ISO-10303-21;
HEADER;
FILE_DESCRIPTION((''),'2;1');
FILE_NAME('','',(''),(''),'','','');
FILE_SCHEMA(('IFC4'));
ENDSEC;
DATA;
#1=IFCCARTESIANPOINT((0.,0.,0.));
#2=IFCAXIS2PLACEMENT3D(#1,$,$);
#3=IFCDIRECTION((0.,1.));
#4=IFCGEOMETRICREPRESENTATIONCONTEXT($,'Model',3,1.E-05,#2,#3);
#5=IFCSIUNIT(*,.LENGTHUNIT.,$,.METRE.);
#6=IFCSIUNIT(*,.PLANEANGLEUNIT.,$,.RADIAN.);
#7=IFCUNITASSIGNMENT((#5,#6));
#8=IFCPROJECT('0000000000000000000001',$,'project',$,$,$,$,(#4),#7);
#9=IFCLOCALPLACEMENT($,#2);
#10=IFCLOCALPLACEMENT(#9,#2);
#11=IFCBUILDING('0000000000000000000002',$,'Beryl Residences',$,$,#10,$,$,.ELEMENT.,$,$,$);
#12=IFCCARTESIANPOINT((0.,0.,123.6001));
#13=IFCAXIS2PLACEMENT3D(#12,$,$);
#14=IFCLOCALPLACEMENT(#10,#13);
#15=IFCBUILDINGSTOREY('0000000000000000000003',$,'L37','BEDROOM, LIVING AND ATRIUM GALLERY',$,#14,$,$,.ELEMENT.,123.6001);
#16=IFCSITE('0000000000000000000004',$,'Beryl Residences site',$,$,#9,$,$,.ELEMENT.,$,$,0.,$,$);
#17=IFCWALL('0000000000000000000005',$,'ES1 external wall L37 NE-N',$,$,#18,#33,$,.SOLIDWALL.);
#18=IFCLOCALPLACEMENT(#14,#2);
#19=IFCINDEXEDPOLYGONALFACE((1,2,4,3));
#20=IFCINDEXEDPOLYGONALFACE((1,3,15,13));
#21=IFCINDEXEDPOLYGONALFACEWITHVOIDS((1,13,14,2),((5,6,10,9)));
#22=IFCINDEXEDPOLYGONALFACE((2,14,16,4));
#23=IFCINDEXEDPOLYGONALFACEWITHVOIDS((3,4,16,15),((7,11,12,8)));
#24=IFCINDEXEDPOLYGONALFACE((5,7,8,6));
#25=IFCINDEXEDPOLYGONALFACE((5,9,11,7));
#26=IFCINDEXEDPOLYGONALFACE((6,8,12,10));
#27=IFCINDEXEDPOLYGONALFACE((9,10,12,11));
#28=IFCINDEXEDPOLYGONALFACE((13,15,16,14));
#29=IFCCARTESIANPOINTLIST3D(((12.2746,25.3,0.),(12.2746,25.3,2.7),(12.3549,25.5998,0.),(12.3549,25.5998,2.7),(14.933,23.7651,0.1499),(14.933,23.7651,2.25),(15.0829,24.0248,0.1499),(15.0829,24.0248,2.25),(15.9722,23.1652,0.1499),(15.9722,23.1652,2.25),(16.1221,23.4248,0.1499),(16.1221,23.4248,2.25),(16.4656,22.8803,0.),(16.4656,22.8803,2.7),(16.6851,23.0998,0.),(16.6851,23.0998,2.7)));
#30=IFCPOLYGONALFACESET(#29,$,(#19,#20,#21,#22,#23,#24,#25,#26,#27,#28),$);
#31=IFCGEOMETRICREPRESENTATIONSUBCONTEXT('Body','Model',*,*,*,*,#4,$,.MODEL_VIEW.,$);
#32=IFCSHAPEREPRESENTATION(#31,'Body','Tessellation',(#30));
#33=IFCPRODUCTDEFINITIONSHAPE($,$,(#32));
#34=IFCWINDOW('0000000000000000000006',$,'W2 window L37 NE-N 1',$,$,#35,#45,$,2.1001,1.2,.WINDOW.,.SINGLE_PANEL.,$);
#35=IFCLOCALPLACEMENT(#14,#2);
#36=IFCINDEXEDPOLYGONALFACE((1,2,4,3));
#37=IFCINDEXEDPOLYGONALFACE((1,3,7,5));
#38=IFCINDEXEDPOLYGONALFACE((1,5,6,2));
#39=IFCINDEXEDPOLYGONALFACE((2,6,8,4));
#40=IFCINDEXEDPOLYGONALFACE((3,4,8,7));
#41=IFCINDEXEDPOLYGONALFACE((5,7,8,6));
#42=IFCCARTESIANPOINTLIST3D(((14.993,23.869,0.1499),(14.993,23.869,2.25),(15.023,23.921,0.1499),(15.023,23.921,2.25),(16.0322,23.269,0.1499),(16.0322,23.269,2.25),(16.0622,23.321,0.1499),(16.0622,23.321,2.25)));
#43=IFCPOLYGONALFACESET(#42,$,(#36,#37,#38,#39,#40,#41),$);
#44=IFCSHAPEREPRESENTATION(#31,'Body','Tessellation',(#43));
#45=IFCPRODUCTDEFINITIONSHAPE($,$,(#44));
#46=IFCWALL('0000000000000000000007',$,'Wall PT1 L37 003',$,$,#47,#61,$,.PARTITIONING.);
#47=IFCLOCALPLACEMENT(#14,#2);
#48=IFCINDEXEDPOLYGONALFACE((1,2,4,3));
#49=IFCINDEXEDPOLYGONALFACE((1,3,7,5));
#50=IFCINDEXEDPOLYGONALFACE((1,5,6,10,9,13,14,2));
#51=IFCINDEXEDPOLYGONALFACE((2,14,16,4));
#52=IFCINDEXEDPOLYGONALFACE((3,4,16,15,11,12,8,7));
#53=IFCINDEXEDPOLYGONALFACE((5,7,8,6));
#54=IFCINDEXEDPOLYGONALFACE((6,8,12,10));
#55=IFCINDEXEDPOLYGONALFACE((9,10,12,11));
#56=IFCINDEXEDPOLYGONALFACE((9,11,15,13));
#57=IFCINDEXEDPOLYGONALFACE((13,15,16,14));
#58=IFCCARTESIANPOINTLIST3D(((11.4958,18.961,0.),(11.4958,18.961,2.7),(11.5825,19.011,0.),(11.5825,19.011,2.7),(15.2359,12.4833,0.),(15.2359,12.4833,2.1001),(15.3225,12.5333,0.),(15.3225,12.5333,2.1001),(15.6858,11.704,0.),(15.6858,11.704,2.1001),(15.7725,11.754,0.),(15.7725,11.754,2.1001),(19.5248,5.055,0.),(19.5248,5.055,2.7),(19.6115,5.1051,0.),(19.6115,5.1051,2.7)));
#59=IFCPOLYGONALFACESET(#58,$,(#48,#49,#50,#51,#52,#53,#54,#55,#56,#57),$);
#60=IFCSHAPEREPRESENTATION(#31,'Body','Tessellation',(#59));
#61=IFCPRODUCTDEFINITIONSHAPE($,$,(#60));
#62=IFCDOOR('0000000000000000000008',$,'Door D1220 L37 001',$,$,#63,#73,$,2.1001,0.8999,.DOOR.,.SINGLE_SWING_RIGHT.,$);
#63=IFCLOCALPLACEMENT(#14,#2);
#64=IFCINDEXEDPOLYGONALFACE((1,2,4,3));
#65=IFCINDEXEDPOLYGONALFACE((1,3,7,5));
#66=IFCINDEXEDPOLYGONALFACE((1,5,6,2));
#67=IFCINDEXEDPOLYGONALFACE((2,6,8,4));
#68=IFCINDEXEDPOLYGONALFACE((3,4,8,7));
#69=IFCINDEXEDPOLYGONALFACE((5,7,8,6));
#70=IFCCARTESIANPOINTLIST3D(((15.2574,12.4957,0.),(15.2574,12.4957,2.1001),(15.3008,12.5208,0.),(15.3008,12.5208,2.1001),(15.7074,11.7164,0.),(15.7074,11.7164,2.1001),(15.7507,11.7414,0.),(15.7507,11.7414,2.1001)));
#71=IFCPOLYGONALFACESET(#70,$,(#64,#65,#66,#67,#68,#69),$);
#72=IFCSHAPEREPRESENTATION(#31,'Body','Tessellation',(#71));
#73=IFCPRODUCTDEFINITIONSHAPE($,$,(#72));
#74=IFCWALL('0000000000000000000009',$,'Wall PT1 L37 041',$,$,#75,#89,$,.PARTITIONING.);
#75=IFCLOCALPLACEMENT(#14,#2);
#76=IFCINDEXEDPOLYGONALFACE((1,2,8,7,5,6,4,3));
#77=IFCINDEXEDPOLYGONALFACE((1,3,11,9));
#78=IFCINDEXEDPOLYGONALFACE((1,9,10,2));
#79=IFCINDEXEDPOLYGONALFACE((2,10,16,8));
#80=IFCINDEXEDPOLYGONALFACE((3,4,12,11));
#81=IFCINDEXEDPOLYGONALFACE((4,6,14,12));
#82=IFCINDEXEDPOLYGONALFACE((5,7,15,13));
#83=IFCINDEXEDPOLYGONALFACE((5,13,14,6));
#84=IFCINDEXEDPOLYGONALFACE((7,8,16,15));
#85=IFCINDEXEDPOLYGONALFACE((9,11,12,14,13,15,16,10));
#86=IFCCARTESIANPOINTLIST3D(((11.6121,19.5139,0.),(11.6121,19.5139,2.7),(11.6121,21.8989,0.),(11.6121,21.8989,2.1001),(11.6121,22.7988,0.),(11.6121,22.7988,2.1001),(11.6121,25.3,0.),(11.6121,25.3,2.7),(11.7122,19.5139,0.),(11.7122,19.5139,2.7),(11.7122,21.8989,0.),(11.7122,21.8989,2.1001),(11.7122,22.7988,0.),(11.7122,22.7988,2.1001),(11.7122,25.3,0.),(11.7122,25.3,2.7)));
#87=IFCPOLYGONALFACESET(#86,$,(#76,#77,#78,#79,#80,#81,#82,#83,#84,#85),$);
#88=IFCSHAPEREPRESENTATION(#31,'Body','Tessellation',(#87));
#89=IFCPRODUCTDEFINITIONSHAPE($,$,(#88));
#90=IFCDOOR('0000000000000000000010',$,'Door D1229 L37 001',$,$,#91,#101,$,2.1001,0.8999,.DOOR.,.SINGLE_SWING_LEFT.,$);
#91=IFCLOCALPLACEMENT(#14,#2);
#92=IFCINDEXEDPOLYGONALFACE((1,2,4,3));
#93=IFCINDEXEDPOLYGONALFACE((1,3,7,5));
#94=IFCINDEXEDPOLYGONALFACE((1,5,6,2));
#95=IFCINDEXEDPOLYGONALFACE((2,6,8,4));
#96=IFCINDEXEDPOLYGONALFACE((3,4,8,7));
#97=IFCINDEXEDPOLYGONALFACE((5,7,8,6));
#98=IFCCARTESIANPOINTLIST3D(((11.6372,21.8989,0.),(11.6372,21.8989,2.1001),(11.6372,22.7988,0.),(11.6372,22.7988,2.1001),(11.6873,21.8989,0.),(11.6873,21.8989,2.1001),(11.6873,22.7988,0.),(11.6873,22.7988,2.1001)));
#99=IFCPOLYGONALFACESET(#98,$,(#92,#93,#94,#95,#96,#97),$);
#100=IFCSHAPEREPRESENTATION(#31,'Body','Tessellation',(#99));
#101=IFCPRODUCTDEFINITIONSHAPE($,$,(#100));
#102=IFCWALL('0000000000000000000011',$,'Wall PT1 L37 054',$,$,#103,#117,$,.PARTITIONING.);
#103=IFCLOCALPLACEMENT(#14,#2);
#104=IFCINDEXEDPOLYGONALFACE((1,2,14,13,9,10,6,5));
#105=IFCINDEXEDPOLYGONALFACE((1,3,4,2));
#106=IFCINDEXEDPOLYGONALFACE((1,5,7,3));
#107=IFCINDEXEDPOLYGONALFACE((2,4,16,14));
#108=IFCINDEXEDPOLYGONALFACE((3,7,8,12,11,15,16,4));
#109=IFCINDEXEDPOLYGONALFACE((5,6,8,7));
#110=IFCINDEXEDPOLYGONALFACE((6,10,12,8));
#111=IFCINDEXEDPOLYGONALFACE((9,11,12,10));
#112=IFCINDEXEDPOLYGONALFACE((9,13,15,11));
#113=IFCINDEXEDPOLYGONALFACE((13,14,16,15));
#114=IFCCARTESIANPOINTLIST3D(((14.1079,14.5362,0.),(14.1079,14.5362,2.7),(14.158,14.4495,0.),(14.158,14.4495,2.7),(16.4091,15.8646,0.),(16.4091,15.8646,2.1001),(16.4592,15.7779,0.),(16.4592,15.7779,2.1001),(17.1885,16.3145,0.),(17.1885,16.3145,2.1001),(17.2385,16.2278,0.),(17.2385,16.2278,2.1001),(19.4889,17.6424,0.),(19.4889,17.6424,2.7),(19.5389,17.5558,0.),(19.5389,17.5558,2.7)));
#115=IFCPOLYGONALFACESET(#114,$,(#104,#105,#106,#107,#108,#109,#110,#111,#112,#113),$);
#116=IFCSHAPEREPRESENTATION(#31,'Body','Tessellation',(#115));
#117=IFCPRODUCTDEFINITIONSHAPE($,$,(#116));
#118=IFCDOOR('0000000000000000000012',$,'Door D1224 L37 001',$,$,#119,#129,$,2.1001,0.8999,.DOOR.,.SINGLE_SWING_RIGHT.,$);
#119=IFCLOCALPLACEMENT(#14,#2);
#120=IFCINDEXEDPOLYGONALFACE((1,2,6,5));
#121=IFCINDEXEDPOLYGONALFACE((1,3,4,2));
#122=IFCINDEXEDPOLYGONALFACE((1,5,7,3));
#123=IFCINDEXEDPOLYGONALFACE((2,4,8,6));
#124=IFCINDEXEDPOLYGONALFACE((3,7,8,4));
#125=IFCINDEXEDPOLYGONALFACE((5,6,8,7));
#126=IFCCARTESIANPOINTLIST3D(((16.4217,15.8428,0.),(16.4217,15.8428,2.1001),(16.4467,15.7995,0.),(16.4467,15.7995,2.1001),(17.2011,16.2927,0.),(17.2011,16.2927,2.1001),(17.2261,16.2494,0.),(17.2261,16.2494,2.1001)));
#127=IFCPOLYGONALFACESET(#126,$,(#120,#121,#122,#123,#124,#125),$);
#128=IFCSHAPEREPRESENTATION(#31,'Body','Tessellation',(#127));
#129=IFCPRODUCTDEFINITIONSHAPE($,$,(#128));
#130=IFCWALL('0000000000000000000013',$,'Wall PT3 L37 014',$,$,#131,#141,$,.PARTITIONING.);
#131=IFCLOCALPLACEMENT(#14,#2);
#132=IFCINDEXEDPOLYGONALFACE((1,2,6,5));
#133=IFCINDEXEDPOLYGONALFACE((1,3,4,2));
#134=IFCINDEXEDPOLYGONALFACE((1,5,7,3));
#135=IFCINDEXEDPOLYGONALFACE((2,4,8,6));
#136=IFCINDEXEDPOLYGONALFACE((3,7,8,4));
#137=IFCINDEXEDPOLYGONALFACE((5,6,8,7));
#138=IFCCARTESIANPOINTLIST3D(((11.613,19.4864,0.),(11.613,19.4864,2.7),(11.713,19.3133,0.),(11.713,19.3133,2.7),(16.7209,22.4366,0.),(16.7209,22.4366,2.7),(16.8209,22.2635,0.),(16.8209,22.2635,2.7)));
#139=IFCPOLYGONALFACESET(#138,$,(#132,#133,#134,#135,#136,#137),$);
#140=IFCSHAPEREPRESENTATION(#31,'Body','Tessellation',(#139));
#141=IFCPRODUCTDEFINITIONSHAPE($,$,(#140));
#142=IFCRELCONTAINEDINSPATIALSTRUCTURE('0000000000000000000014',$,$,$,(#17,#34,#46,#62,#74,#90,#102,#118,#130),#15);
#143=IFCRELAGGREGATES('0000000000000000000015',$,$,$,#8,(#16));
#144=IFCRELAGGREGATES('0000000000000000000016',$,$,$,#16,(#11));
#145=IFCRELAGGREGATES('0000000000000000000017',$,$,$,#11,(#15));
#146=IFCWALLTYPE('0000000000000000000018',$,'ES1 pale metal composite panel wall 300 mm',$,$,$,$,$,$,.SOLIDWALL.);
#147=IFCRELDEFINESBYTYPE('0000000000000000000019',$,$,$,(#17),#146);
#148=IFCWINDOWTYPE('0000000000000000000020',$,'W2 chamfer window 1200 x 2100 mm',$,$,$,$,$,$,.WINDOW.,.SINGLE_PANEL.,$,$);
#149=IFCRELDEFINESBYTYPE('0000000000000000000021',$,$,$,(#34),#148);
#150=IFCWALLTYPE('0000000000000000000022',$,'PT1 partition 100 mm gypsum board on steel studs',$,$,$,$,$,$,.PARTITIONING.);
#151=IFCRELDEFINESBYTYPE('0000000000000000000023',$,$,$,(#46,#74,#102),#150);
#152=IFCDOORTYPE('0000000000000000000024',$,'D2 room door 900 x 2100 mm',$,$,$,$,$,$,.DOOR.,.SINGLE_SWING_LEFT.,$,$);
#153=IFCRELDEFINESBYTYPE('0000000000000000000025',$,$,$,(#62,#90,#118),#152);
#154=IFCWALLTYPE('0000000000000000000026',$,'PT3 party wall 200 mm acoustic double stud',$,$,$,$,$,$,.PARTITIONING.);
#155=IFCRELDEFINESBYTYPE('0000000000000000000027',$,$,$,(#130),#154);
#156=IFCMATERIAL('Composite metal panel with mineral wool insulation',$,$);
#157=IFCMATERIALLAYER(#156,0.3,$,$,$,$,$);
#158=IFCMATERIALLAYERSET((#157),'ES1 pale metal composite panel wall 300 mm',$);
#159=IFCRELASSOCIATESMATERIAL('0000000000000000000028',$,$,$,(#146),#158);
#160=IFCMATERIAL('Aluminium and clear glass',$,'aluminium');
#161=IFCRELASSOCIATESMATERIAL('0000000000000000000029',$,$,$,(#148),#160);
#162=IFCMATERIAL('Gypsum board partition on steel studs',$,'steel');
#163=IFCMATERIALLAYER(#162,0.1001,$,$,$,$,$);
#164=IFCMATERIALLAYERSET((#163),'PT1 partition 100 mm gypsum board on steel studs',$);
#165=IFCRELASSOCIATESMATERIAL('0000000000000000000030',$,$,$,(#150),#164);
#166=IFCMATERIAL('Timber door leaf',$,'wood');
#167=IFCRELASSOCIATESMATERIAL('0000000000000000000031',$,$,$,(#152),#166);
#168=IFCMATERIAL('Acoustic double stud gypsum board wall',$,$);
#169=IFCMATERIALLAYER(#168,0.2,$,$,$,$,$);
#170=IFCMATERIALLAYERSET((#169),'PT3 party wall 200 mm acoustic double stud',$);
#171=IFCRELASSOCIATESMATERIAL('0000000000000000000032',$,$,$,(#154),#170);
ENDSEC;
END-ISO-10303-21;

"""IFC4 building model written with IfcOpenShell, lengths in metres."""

from ifc_helpers import new_model, si_unit, direction, frame, frame_2d, origin, place, context, subcontext, project, spatial, polyline, rectangle, outline, extrude, material, layer, layer_set, type_object, element, fill, save


model = new_model("IFC4")

# Units and contexts
model_context = context("Model", 3, precision=1e-05, world=origin(), true_north=direction((0.0, 1.0)))
body_context = subcontext(model_context, "Body", "Model", "MODEL_VIEW")
ifc_project = project(units=[si_unit("LENGTHUNIT", "METRE"), si_unit("PLANEANGLEUNIT", "RADIAN")], contexts=[model_context])

# Site, building, storey
site_placement = place(None, origin())
site = spatial("IfcSite", under=ifc_project, at=site_placement, Name="Beryl Residences site", CompositionType="ELEMENT", RefElevation=0.0)
building_placement = place(site_placement, origin())
building = spatial("IfcBuilding", under=site, at=building_placement, Name="Beryl Residences", CompositionType="ELEMENT")
storey_placement = place(building_placement, frame((0.0, 0.0, 123.6001)))
storey = spatial("IfcBuildingStorey", under=building, at=storey_placement, Name="L37", Description="BEDROOM, LIVING AND ATRIUM GALLERY", CompositionType="ELEMENT", Elevation=123.6001)

# Shared definitions
ifc_material_1 = material(Name="Composite metal panel with mineral wool insulation")
ifc_layer_1 = layer(ifc_material_1, 0.3)
ifc_layer_set_1 = layer_set([ifc_layer_1], Name="ES1 pale metal composite panel wall 300 mm")
wall_type_1 = type_object("IfcWallType", Name="ES1 pale metal composite panel wall 300 mm", PredefinedType="SOLIDWALL", material=ifc_layer_set_1)

# Wall, opening, window
wall_1_placement = place(storey_placement, frame((16.6101, 22.97, 0.0), z_axis=(0.0, 0.0, 1.0), x_axis=(-0.866023, 0.500004, 0.0)))
wall_1 = element("IfcWall", 1, at=wall_1_placement, inside=storey, type_object=wall_type_1, Name="ES1 external wall L37 NE-N", PredefinedType="SOLIDWALL", context=body_context, shape_type="SweptSolid", body=[
    extrude(outline(polyline([(0.0, -0.1499), (5.0, -0.1499), (4.9197, 0.1499), (0.0803, 0.1499), (0.0, -0.1499)])), origin(), (0.0, 0.0, 1.0), 2.7),
])
opening_1_placement = place(wall_1_placement, frame((0.6499, 0.0, 0.1499)))
opening_1 = element("IfcOpeningElement", 2, at=opening_1_placement, cuts=wall_1, PredefinedType="OPENING", context=body_context, shape_type="SweptSolid", body=[
    extrude(rectangle(XDim=1.2, YDim=2.1001, at=frame_2d((0.6001, 1.05))), frame((0.0, 0.1599, 0.0), z_axis=(0.0, -1.0, 0.0), x_axis=(1.0, 0.0, 0.0)), (0.0, 0.0, 1.0), 0.3201),
])
ifc_material_2 = material(Name="Aluminium and clear glass", Category="aluminium")
window_type_1 = type_object("IfcWindowType", Name="W2 chamfer window 1200 x 2100 mm", PartitioningType="SINGLE_PANEL", PredefinedType="WINDOW", material=ifc_material_2)
window_1_placement = place(opening_1_placement, origin())
window_1 = element("IfcWindow", 3, at=window_1_placement, inside=storey, type_object=window_type_1, Name="W2 window L37 NE-N 1", OverallHeight=2.1001, OverallWidth=1.2, PartitioningType="SINGLE_PANEL", PredefinedType="WINDOW", context=body_context, shape_type="SweptSolid", body=[
    extrude(rectangle(XDim=1.2, YDim=2.1001, at=frame_2d((0.6001, 1.05))), frame((0.0, 0.03, 0.0), z_axis=(0.0, -1.0, 0.0), x_axis=(1.0, 0.0, 0.0)), (0.0, 0.0, 1.0), 0.0601),
])
fill(opening_1, window_1)

# Walls, openings, doors
ifc_material_3 = material(Name="Gypsum board partition on steel studs", Category="steel")
ifc_layer_2 = layer(ifc_material_3, 0.1001)
ifc_layer_set_2 = layer_set([ifc_layer_2], Name="PT1 partition 100 mm gypsum board on steel studs")
wall_type_2 = type_object("IfcWallType", Name="PT1 partition 100 mm gypsum board on steel studs", PredefinedType="PARTITIONING", material=ifc_layer_set_2)
wall_2_placement = place(storey_placement, frame((11.5391, 18.9861, 0.0), z_axis=(0.0, 0.0, 1.0), x_axis=(0.500019, -0.866014, 0.0)))
wall_2 = element("IfcWall", 4, at=wall_2_placement, inside=storey, type_object=wall_type_2, Name="Wall PT1 L37 003", PredefinedType="PARTITIONING", context=body_context, shape_type="SweptSolid", body=[
    extrude(rectangle(XDim=16.0574, YDim=0.1001, at=frame_2d((8.0288, 0.0))), origin(), (0.0, 0.0, 1.0), 2.7),
])
opening_2_placement = place(wall_2_placement, frame((7.48, 0.0, 0.0)))
opening_2 = element("IfcOpeningElement", 5, at=opening_2_placement, cuts=wall_2, PredefinedType="OPENING", context=body_context, shape_type="SweptSolid", body=[
    extrude(rectangle(XDim=0.8999, YDim=2.1001, at=frame_2d((0.45, 1.05))), frame((0.0, 0.0601, 0.0), z_axis=(0.0, -1.0, 0.0), x_axis=(1.0, 0.0, 0.0)), (0.0, 0.0, 1.0), 0.1201),
])
ifc_material_4 = material(Name="Timber door leaf", Category="wood")
door_type = type_object("IfcDoorType", Name="D2 room door 900 x 2100 mm", OperationType="SINGLE_SWING_LEFT", PredefinedType="DOOR", material=ifc_material_4)
door_1_placement = place(opening_2_placement, origin())
door_1 = element("IfcDoor", 6, at=door_1_placement, inside=storey, type_object=door_type, Name="Door D1220 L37 001", OperationType="SINGLE_SWING_RIGHT", OverallHeight=2.1001, OverallWidth=0.8999, PredefinedType="DOOR", context=body_context, shape_type="SweptSolid", body=[
    extrude(rectangle(XDim=0.8999, YDim=2.1001, at=frame_2d((0.45, 1.05))), frame((0.0, 0.0249, 0.0), z_axis=(0.0, -1.0, 0.0), x_axis=(1.0, 0.0, 0.0)), (0.0, 0.0, 1.0), 0.05),
])
fill(opening_2, door_1)
wall_3_placement = place(storey_placement, frame((11.6621, 19.5139, 0.0), z_axis=(0.0, 0.0, 1.0), x_axis=(0.0, 1.0, 0.0)))
wall_3 = element("IfcWall", 7, at=wall_3_placement, inside=storey, type_object=wall_type_2, Name="Wall PT1 L37 041", PredefinedType="PARTITIONING", context=body_context, shape_type="SweptSolid", body=[
    extrude(rectangle(XDim=5.7861, YDim=0.1001, at=frame_2d((2.8931, 0.0))), origin(), (0.0, 0.0, 1.0), 2.7),
])
opening_3_placement = place(wall_3_placement, frame((2.385, 0.0, 0.0)))
opening_3 = element("IfcOpeningElement", 8, at=opening_3_placement, cuts=wall_3, PredefinedType="OPENING", context=body_context, shape_type="SweptSolid", body=[
    extrude(rectangle(XDim=0.8999, YDim=2.1001, at=frame_2d((0.45, 1.05))), frame((0.0, 0.0601, 0.0), z_axis=(0.0, -1.0, 0.0), x_axis=(1.0, 0.0, 0.0)), (0.0, 0.0, 1.0), 0.1201),
])
door_2_placement = place(opening_3_placement, origin())
door_2 = element("IfcDoor", 9, at=door_2_placement, inside=storey, type_object=door_type, Name="Door D1229 L37 001", OperationType="SINGLE_SWING_LEFT", OverallHeight=2.1001, OverallWidth=0.8999, PredefinedType="DOOR", context=body_context, shape_type="SweptSolid", body=[
    extrude(rectangle(XDim=0.8999, YDim=2.1001, at=frame_2d((0.45, 1.05))), frame((0.0, 0.0249, 0.0), z_axis=(0.0, -1.0, 0.0), x_axis=(1.0, 0.0, 0.0)), (0.0, 0.0, 1.0), 0.05),
])
fill(opening_3, door_2)
wall_4_placement = place(storey_placement, frame((14.1331, 14.4929, 0.0), z_axis=(0.0, 0.0, 1.0), x_axis=(0.866056, 0.499947, 0.0)))
wall_4 = element("IfcWall", 10, at=wall_4_placement, inside=storey, type_object=wall_type_2, Name="Wall PT1 L37 054", PredefinedType="PARTITIONING", context=body_context, shape_type="SweptSolid", body=[
    extrude(rectangle(XDim=6.2131, YDim=0.1001, at=frame_2d((3.1064, 0.0))), origin(), (0.0, 0.0, 1.0), 2.7),
])
opening_4_placement = place(wall_4_placement, frame((2.657, 0.0, 0.0)))
opening_4 = element("IfcOpeningElement", 11, at=opening_4_placement, cuts=wall_4, PredefinedType="OPENING", context=body_context, shape_type="SweptSolid", body=[
    extrude(rectangle(XDim=0.8999, YDim=2.1001, at=frame_2d((0.45, 1.05))), frame((0.0, 0.0601, 0.0), z_axis=(0.0, -1.0, 0.0), x_axis=(1.0, 0.0, 0.0)), (0.0, 0.0, 1.0), 0.1201),
])
door_3_placement = place(opening_4_placement, origin())
door_3 = element("IfcDoor", 12, at=door_3_placement, inside=storey, type_object=door_type, Name="Door D1224 L37 001", OperationType="SINGLE_SWING_RIGHT", OverallHeight=2.1001, OverallWidth=0.8999, PredefinedType="DOOR", context=body_context, shape_type="SweptSolid", body=[
    extrude(rectangle(XDim=0.8999, YDim=2.1001, at=frame_2d((0.45, 1.05))), frame((0.0, 0.0249, 0.0), z_axis=(0.0, -1.0, 0.0), x_axis=(1.0, 0.0, 0.0)), (0.0, 0.0, 1.0), 0.05),
])
fill(opening_4, door_3)

# Wall
ifc_material_5 = material(Name="Acoustic double stud gypsum board wall")
ifc_layer_3 = layer(ifc_material_5, 0.2)
ifc_layer_set_3 = layer_set([ifc_layer_3], Name="PT3 party wall 200 mm acoustic double stud")
wall_type_3 = type_object("IfcWallType", Name="PT3 party wall 200 mm acoustic double stud", PredefinedType="PARTITIONING", material=ifc_layer_set_3)
wall_5_placement = place(storey_placement, frame((11.6631, 19.3999, 0.0), z_axis=(0.0, 0.0, 1.0), x_axis=(0.865942, 0.500145, 0.0)))
element("IfcWall", 13, at=wall_5_placement, inside=storey, type_object=wall_type_3, Name="Wall PT3 L37 014", PredefinedType="PARTITIONING", context=body_context, shape_type="SweptSolid", body=[
    extrude(rectangle(XDim=5.8987, YDim=0.2, at=frame_2d((2.9492, 0.0))), origin(), (0.0, 0.0, 1.0), 2.7),
])

save(model, "model.ifc")
